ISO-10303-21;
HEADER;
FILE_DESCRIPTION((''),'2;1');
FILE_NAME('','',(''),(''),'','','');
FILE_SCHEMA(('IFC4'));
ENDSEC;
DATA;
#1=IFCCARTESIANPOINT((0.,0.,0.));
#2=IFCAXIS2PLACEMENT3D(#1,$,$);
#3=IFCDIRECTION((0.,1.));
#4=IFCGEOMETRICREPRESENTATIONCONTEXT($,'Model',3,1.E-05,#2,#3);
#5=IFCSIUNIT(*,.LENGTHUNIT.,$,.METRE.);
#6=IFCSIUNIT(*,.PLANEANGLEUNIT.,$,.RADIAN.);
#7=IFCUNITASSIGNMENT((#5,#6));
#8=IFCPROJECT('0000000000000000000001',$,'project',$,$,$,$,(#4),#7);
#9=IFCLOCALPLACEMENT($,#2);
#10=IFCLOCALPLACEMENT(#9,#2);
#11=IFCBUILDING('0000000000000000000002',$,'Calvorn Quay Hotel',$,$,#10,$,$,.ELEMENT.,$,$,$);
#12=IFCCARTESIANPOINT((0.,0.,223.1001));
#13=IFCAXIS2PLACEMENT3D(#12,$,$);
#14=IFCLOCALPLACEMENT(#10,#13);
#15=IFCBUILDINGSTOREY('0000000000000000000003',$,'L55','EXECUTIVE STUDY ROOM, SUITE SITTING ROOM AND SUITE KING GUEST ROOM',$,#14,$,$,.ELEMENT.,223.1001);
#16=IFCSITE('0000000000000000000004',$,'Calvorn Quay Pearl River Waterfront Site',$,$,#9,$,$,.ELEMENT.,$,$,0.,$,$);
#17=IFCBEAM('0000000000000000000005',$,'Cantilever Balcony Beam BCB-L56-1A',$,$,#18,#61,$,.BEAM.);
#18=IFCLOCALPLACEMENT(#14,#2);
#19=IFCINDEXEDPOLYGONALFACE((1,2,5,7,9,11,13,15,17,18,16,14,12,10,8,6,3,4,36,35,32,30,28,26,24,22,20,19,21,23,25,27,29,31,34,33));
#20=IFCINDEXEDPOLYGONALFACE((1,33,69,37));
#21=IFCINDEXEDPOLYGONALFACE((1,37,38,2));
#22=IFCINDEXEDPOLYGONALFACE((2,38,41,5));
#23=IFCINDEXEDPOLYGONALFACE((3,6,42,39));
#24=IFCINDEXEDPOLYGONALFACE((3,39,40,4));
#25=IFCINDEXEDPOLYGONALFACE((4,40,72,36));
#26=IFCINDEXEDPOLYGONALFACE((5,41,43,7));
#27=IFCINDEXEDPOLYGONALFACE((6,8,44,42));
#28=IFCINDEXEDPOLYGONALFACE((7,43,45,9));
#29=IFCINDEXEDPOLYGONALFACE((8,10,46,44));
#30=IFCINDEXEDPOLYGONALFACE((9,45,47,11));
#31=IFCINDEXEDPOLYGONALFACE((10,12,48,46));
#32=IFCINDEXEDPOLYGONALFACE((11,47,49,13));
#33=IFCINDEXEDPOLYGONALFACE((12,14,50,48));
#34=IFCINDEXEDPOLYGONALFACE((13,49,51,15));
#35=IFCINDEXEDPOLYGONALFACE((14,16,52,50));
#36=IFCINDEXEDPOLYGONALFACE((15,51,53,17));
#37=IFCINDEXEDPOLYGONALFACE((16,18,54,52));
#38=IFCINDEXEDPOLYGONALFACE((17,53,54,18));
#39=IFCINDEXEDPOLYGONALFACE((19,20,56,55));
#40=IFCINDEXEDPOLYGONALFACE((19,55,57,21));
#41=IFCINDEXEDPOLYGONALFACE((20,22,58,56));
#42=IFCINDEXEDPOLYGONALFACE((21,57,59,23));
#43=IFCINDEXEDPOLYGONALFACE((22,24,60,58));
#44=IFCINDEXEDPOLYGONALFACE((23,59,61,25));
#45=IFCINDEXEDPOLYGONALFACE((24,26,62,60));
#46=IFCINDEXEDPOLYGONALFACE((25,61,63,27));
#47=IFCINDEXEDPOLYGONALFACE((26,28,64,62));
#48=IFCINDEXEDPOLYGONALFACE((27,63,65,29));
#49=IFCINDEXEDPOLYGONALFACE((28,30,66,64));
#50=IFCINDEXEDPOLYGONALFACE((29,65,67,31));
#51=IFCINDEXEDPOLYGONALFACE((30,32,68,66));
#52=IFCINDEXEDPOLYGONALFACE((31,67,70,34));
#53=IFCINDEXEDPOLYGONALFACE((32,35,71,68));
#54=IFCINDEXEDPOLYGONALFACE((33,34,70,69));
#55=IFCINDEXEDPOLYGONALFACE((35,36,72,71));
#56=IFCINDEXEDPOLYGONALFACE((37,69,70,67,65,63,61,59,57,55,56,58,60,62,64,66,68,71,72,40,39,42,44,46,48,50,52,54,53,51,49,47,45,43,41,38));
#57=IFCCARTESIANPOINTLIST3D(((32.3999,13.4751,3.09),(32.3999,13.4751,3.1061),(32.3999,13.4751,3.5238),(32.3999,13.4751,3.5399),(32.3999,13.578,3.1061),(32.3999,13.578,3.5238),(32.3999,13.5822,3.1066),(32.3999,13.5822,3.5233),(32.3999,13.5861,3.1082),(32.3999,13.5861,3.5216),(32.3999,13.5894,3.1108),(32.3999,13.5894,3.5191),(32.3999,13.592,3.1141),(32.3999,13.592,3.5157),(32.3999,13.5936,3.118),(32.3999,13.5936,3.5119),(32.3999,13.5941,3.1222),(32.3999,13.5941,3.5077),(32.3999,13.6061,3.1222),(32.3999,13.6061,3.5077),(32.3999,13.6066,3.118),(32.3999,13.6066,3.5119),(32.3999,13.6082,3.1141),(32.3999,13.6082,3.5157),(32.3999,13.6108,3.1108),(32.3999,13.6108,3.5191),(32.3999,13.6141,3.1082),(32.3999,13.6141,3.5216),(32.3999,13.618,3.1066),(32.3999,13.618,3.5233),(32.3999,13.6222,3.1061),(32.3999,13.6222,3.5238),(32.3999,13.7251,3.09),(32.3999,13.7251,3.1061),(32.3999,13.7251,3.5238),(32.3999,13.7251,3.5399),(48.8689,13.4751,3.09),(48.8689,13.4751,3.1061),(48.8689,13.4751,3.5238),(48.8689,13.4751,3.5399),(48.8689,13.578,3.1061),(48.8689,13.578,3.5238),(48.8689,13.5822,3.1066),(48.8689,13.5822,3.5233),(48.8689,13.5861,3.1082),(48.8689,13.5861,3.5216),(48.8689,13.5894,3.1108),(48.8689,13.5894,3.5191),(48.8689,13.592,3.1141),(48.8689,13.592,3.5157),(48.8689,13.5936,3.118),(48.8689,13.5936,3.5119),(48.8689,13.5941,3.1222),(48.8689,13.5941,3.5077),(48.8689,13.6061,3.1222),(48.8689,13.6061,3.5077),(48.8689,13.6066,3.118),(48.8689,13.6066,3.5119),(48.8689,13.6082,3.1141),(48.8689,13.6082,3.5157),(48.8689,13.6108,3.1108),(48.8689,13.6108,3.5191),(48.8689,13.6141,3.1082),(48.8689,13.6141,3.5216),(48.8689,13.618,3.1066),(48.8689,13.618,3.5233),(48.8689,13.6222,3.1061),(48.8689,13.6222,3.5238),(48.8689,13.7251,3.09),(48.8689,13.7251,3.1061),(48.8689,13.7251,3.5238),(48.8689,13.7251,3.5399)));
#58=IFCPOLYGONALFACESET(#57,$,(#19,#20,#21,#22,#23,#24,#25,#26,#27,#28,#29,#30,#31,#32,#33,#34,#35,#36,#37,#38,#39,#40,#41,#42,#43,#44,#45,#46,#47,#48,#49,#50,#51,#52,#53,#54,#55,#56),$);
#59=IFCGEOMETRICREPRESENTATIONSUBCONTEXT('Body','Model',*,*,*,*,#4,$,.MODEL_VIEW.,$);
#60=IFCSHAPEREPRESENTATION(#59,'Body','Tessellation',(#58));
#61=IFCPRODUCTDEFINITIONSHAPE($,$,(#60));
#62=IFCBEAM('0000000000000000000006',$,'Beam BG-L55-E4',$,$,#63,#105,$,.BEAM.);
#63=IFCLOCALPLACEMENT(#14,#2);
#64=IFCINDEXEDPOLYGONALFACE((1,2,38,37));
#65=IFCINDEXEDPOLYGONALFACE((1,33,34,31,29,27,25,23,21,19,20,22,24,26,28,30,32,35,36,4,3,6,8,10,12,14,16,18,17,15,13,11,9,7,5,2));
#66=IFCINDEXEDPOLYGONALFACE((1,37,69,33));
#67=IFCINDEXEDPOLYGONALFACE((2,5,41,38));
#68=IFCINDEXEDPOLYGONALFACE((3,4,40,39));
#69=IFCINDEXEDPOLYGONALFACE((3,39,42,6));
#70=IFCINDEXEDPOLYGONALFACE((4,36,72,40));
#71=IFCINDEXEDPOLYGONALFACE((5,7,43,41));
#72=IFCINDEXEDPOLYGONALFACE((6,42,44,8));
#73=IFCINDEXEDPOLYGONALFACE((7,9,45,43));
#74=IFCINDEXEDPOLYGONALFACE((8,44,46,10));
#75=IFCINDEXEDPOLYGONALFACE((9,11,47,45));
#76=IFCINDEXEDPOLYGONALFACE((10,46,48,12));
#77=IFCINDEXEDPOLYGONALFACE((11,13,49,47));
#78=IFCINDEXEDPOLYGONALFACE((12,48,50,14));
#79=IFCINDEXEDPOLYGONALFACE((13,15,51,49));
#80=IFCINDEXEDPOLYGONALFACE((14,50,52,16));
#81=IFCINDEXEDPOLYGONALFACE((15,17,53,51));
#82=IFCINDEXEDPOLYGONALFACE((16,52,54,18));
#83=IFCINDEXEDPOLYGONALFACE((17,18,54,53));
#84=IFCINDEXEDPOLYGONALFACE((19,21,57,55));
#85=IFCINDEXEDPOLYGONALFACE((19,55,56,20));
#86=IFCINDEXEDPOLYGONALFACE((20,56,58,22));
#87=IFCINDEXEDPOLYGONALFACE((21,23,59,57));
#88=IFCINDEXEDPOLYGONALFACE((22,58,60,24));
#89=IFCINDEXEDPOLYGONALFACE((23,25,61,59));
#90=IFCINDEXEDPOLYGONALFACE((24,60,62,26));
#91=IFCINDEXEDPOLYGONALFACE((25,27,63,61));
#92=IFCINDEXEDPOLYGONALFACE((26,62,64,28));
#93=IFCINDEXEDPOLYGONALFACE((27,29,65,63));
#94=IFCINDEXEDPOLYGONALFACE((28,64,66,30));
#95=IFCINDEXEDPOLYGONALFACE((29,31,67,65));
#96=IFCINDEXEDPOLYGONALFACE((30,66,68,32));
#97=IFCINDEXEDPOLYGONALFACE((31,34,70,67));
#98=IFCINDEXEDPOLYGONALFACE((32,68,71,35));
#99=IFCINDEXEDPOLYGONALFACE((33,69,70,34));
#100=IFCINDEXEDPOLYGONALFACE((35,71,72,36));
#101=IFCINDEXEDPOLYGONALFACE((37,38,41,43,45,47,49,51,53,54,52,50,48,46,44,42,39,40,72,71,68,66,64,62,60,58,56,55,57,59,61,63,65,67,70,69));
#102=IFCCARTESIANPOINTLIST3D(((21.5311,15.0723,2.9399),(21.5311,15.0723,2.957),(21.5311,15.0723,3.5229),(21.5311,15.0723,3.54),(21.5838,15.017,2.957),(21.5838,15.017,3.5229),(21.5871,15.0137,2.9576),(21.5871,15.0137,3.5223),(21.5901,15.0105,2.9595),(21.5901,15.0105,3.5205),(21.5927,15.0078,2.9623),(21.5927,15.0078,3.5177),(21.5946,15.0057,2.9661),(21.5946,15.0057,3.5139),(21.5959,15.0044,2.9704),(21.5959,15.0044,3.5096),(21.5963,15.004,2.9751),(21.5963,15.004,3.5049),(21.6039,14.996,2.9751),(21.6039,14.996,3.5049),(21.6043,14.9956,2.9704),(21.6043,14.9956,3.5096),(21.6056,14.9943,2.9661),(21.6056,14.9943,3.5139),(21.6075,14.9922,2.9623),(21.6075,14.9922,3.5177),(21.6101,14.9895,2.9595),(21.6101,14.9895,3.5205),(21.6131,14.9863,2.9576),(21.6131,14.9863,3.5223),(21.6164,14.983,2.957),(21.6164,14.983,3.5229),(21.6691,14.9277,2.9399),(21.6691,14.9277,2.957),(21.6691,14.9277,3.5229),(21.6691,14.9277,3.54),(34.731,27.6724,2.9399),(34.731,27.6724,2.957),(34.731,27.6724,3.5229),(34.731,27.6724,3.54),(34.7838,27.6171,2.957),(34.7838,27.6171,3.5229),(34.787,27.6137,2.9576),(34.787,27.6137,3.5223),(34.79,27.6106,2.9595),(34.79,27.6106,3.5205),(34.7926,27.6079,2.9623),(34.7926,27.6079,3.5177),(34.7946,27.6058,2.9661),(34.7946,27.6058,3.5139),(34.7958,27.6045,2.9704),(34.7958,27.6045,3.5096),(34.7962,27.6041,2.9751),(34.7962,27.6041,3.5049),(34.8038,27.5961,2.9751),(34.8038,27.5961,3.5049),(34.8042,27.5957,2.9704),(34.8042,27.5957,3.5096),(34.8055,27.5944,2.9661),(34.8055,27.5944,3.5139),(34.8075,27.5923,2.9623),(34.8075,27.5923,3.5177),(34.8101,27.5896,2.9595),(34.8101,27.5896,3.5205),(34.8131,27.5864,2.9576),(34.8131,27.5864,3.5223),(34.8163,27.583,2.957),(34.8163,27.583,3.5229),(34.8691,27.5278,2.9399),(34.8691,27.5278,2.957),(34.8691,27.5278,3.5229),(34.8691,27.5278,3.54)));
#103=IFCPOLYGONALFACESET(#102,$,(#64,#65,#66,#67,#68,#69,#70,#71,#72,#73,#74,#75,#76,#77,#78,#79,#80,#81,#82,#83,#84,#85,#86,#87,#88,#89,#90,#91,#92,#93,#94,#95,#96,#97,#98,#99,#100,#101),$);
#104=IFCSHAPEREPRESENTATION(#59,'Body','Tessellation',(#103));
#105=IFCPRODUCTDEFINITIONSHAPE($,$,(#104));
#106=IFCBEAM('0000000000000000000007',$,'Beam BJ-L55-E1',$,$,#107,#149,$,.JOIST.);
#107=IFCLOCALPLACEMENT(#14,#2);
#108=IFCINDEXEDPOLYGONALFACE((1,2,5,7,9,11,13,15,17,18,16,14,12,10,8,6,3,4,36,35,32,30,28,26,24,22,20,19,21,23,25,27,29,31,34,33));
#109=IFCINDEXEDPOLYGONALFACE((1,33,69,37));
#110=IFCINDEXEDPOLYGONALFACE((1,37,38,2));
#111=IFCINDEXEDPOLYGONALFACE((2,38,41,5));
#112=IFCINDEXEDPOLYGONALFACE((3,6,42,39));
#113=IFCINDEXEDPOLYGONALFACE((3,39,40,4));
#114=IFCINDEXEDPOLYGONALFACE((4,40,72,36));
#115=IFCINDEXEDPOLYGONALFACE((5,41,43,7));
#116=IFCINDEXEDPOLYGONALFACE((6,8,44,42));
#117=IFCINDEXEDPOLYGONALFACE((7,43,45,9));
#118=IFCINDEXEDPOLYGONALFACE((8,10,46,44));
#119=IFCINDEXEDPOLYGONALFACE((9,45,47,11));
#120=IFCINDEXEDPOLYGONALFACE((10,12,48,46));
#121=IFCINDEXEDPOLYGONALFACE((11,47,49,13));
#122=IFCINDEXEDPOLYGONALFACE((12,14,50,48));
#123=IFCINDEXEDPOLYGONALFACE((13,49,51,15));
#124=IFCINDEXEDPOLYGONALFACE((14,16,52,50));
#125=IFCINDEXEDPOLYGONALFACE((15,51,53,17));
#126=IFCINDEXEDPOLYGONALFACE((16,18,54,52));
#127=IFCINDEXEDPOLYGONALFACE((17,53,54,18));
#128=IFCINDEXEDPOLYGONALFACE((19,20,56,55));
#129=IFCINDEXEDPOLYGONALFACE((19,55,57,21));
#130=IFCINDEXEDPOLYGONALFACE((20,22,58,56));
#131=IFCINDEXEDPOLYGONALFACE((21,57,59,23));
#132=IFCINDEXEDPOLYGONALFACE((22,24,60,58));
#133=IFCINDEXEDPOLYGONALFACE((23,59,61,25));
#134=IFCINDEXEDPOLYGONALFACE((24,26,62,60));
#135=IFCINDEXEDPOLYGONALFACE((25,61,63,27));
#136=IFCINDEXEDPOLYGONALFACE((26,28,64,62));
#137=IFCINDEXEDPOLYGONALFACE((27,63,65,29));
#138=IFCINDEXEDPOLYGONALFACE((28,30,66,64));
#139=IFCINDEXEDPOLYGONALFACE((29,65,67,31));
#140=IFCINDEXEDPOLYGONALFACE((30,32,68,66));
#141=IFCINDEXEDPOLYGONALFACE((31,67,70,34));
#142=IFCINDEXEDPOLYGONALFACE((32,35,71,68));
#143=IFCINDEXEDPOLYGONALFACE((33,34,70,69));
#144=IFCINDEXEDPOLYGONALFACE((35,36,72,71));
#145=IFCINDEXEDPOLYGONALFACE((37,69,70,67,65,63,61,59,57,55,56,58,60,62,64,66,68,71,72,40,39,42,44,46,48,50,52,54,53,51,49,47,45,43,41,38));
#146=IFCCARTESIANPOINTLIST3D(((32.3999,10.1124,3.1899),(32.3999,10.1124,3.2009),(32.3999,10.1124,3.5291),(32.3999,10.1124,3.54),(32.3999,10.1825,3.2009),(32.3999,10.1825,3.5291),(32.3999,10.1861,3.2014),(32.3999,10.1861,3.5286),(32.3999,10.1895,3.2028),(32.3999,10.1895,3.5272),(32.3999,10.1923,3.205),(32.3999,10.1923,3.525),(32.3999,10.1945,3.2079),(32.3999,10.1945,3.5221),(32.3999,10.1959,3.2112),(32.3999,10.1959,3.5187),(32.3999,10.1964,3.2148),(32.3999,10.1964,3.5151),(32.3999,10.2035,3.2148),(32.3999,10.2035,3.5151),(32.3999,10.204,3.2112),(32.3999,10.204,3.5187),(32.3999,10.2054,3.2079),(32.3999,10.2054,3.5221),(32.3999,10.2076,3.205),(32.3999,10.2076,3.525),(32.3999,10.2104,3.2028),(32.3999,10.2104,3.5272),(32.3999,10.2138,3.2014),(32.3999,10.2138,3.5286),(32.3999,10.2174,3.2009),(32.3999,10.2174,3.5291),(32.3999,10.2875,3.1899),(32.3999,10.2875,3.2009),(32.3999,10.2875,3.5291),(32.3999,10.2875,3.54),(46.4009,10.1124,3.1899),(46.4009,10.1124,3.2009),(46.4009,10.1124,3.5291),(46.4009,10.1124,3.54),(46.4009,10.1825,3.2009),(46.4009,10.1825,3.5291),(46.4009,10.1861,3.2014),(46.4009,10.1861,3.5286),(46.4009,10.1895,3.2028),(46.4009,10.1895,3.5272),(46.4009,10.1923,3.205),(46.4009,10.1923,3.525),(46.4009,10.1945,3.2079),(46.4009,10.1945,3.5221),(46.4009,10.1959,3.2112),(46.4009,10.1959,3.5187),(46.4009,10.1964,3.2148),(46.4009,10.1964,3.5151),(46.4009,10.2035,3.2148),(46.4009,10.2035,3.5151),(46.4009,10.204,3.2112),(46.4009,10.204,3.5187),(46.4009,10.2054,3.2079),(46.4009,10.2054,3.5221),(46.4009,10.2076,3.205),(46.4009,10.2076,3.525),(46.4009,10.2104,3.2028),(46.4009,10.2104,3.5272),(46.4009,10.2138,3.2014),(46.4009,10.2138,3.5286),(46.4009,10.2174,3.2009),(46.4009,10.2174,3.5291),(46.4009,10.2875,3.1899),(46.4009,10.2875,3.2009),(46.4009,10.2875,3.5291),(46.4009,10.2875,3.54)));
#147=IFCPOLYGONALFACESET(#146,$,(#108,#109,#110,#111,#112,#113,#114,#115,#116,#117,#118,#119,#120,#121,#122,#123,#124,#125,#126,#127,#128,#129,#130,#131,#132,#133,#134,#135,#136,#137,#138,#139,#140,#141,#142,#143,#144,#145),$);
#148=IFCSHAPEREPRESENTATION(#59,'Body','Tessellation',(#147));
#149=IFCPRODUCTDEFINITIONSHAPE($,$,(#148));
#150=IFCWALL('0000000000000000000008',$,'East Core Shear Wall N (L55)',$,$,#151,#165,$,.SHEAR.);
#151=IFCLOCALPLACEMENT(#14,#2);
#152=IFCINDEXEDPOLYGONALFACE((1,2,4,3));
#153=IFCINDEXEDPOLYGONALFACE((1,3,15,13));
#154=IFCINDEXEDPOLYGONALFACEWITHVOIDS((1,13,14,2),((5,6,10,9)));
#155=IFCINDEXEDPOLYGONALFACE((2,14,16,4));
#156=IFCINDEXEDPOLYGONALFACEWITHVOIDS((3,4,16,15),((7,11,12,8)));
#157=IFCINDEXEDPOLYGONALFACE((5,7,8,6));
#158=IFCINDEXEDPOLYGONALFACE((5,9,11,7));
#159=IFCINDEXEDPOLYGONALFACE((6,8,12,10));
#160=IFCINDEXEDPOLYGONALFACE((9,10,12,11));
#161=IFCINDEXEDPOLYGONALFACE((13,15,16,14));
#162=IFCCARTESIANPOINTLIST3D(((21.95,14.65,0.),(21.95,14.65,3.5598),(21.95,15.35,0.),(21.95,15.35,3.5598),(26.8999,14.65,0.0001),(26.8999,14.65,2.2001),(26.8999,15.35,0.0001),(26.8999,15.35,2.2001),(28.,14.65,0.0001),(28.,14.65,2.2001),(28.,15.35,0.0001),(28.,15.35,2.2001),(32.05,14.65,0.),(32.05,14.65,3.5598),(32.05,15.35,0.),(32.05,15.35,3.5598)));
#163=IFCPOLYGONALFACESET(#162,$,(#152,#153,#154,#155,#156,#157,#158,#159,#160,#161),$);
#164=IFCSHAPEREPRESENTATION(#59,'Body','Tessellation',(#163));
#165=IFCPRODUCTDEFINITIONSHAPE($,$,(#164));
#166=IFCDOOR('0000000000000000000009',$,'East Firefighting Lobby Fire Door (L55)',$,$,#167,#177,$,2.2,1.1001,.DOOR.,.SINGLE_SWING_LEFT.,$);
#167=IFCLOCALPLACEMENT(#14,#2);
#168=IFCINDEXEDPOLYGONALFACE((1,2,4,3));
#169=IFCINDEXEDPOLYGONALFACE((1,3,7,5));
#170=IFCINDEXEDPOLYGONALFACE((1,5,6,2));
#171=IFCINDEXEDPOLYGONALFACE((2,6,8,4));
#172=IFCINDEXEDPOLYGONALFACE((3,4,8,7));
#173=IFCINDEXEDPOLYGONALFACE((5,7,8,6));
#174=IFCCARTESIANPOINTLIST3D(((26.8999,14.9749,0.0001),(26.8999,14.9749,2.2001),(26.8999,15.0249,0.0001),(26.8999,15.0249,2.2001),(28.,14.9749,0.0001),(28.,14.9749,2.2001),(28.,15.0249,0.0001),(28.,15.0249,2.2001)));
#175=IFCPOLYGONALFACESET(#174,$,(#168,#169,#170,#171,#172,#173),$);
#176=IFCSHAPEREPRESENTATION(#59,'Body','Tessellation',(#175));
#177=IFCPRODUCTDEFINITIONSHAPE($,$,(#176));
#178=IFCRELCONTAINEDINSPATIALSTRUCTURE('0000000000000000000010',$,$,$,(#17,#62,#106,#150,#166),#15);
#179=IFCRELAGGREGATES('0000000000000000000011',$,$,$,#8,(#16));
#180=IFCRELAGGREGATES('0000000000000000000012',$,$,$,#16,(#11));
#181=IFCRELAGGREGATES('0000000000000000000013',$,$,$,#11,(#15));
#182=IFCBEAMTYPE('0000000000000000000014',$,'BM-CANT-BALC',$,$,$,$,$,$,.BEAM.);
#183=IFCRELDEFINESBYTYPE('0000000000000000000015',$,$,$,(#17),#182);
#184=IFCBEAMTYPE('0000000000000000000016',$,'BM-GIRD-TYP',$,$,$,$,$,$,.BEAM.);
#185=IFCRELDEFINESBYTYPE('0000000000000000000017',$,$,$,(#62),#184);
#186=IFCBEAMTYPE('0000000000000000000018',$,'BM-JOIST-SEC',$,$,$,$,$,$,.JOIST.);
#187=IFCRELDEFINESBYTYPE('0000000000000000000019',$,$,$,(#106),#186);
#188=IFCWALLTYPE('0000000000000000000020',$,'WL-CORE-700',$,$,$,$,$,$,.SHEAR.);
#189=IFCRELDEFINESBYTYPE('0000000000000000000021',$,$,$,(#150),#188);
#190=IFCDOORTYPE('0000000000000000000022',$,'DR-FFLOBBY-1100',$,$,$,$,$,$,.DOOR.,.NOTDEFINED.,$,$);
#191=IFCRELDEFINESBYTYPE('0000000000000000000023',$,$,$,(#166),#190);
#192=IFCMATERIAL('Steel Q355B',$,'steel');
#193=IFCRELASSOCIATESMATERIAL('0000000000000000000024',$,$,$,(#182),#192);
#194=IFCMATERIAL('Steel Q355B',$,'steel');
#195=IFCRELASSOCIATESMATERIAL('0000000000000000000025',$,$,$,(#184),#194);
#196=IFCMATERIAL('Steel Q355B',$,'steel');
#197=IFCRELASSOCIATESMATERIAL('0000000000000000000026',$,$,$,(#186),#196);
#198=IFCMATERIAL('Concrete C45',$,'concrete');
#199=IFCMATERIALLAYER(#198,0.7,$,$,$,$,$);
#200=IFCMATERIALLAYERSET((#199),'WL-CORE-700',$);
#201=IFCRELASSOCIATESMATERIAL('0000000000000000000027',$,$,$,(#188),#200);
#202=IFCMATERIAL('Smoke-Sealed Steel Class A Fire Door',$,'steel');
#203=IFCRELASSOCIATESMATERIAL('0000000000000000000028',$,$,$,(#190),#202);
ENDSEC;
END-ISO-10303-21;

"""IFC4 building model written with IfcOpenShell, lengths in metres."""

from ifc_helpers import new_model, si_unit, direction, frame, frame_2d, origin, origin_2d, place, context, subcontext, project, spatial, rectangle, i_section, extrude, material, layer, layer_set, material_profile, profile_set, type_object, element, fill, save


model = new_model("IFC4")

# Units and contexts
model_context = context("Model", 3, precision=1e-05, world=origin(), true_north=direction((0.0, 1.0)))
body_context = subcontext(model_context, "Body", "Model", "MODEL_VIEW")
ifc_project = project(units=[si_unit("LENGTHUNIT", "METRE"), si_unit("PLANEANGLEUNIT", "RADIAN")], contexts=[model_context])

# Site, building, storey
site_placement = place(None, origin())
site = spatial("IfcSite", under=ifc_project, at=site_placement, Name="Calvorn Quay Pearl River Waterfront Site", CompositionType="ELEMENT", RefElevation=0.0)
building_placement = place(site_placement, origin())
building = spatial("IfcBuilding", under=site, at=building_placement, Name="Calvorn Quay Hotel", CompositionType="ELEMENT")
storey_placement = place(building_placement, frame((0.0, 0.0, 223.1001)))
storey = spatial("IfcBuildingStorey", under=building, at=storey_placement, Name="L55", Description="EXECUTIVE STUDY ROOM, SUITE SITTING ROOM AND SUITE KING GUEST ROOM", CompositionType="ELEMENT", Elevation=223.1001)

# Beams
ifc_material_1 = material(Name="Steel Q355B", Category="steel")
ifc_material_profile_1 = material_profile(ifc_material_1, i_section(OverallWidth=0.25, OverallDepth=0.45, WebThickness=0.012, FlangeThickness=0.0161, FilletRadius=0.0161, at=origin_2d()), Name="HN450x250x12x16")
ifc_profile_set_1 = profile_set([ifc_material_profile_1], Name="Steel Q355B")
beam_type_1 = type_object("IfcBeamType", Name="BM-CANT-BALC", PredefinedType="BEAM", material=ifc_profile_set_1)
beam_1_placement = place(storey_placement, frame((32.3999, 13.6001, 3.3149), z_axis=(1.0, 0.0, 0.0), x_axis=(0.0, 1.0, 0.0)))
element("IfcBeam", 1, at=beam_1_placement, inside=storey, type_object=beam_type_1, Name="Cantilever Balcony Beam BCB-L56-1A", PredefinedType="BEAM", context=body_context, shape_type="SweptSolid", body=[
    extrude(i_section(OverallWidth=0.25, OverallDepth=0.45, WebThickness=0.012, FlangeThickness=0.0161, FilletRadius=0.0161, at=origin_2d()), origin(), (0.0, 0.0, 1.0), 16.469),
])
ifc_material_2 = material(Name="Steel Q355B", Category="steel")
ifc_material_profile_2 = material_profile(ifc_material_2, i_section(OverallWidth=0.2, OverallDepth=0.6001, WebThickness=0.011, FlangeThickness=0.0171, FilletRadius=0.0181, at=origin_2d()), Name="HN600x200x11x17")
ifc_profile_set_2 = profile_set([ifc_material_profile_2], Name="Steel Q355B")
beam_type_2 = type_object("IfcBeamType", Name="BM-GIRD-TYP", PredefinedType="BEAM", material=ifc_profile_set_2)
beam_2_placement = place(storey_placement, frame((21.6001, 15.0, 3.24), z_axis=(0.723352, 0.69048, 0.0), x_axis=(-0.69048, 0.723352, 0.0)))
element("IfcBeam", 2, at=beam_2_placement, inside=storey, type_object=beam_type_2, Name="Beam BG-L55-E4", PredefinedType="BEAM", context=body_context, shape_type="SweptSolid", body=[
    extrude(i_section(OverallWidth=0.2, OverallDepth=0.6001, WebThickness=0.011, FlangeThickness=0.0171, FilletRadius=0.0181, at=origin_2d()), origin(), (0.0, 0.0, 1.0), 18.2483),
])
ifc_material_3 = material(Name="Steel Q355B", Category="steel")
ifc_material_profile_3 = material_profile(ifc_material_3, i_section(OverallWidth=0.175, OverallDepth=0.3501, WebThickness=0.0071, FlangeThickness=0.011, FilletRadius=0.0139, at=origin_2d()), Name="HN350x175x7x11")
ifc_profile_set_3 = profile_set([ifc_material_profile_3], Name="Steel Q355B")
beam_type_3 = type_object("IfcBeamType", Name="BM-JOIST-SEC", PredefinedType="JOIST", material=ifc_profile_set_3)
beam_3_placement = place(storey_placement, frame((32.3999, 10.2, 3.365), z_axis=(1.0, 0.0, 0.0), x_axis=(0.0, 1.0, 0.0)))
element("IfcBeam", 3, at=beam_3_placement, inside=storey, type_object=beam_type_3, Name="Beam BJ-L55-E1", PredefinedType="JOIST", context=body_context, shape_type="SweptSolid", body=[
    extrude(i_section(OverallWidth=0.175, OverallDepth=0.3501, WebThickness=0.0071, FlangeThickness=0.011, FilletRadius=0.0139, at=origin_2d()), origin(), (0.0, 0.0, 1.0), 14.001),
])

# Wall, opening, door
ifc_material_4 = material(Name="Concrete C45", Category="concrete")
ifc_layer_1 = layer(ifc_material_4, 0.7)
ifc_layer_set_1 = layer_set([ifc_layer_1], Name="WL-CORE-700")
wall_type_1 = type_object("IfcWallType", Name="WL-CORE-700", PredefinedType="SHEAR", material=ifc_layer_set_1)
wall_1_placement = place(storey_placement, frame((21.95, 15.0, 0.0), z_axis=(0.0, 0.0, 1.0), x_axis=(1.0, 0.0, 0.0)))
wall_1 = element("IfcWall", 4, at=wall_1_placement, inside=storey, type_object=wall_type_1, Name="East Core Shear Wall N (L55)", PredefinedType="SHEAR", context=body_context, shape_type="SweptSolid", body=[
    extrude(rectangle(XDim=10.1001, YDim=0.7, at=frame_2d((5.05, 0.0))), origin(), (0.0, 0.0, 1.0), 3.5598),
])
opening_1_placement = place(wall_1_placement, frame((4.95, 0.0, 0.0)))
opening_1 = element("IfcOpeningElement", 5, at=opening_1_placement, cuts=wall_1, PredefinedType="OPENING", context=body_context, shape_type="SweptSolid", body=[
    extrude(rectangle(XDim=1.1001, YDim=2.2, at=frame_2d((0.55, 1.1001))), frame((0.0, 0.3599, 0.0), z_axis=(0.0, -1.0, 0.0), x_axis=(1.0, 0.0, 0.0)), (0.0, 0.0, 1.0), 0.72),
])
ifc_material_5 = material(Name="Smoke-Sealed Steel Class A Fire Door", Category="steel")
door_type_1 = type_object("IfcDoorType", Name="DR-FFLOBBY-1100", OperationType="NOTDEFINED", PredefinedType="DOOR", material=ifc_material_5)
door_1_placement = place(opening_1_placement, origin())
door_1 = element("IfcDoor", 6, at=door_1_placement, inside=storey, type_object=door_type_1, Name="East Firefighting Lobby Fire Door (L55)", OperationType="SINGLE_SWING_LEFT", OverallHeight=2.2, OverallWidth=1.1001, PredefinedType="DOOR", context=body_context, shape_type="SweptSolid", body=[
    extrude(rectangle(XDim=1.1001, YDim=2.2, at=frame_2d((0.55, 1.1001))), frame((0.0, 0.0249, 0.0), z_axis=(0.0, -1.0, 0.0), x_axis=(1.0, 0.0, 0.0)), (0.0, 0.0, 1.0), 0.05),
])
fill(opening_1, door_1)

save(model, "model.ifc")
